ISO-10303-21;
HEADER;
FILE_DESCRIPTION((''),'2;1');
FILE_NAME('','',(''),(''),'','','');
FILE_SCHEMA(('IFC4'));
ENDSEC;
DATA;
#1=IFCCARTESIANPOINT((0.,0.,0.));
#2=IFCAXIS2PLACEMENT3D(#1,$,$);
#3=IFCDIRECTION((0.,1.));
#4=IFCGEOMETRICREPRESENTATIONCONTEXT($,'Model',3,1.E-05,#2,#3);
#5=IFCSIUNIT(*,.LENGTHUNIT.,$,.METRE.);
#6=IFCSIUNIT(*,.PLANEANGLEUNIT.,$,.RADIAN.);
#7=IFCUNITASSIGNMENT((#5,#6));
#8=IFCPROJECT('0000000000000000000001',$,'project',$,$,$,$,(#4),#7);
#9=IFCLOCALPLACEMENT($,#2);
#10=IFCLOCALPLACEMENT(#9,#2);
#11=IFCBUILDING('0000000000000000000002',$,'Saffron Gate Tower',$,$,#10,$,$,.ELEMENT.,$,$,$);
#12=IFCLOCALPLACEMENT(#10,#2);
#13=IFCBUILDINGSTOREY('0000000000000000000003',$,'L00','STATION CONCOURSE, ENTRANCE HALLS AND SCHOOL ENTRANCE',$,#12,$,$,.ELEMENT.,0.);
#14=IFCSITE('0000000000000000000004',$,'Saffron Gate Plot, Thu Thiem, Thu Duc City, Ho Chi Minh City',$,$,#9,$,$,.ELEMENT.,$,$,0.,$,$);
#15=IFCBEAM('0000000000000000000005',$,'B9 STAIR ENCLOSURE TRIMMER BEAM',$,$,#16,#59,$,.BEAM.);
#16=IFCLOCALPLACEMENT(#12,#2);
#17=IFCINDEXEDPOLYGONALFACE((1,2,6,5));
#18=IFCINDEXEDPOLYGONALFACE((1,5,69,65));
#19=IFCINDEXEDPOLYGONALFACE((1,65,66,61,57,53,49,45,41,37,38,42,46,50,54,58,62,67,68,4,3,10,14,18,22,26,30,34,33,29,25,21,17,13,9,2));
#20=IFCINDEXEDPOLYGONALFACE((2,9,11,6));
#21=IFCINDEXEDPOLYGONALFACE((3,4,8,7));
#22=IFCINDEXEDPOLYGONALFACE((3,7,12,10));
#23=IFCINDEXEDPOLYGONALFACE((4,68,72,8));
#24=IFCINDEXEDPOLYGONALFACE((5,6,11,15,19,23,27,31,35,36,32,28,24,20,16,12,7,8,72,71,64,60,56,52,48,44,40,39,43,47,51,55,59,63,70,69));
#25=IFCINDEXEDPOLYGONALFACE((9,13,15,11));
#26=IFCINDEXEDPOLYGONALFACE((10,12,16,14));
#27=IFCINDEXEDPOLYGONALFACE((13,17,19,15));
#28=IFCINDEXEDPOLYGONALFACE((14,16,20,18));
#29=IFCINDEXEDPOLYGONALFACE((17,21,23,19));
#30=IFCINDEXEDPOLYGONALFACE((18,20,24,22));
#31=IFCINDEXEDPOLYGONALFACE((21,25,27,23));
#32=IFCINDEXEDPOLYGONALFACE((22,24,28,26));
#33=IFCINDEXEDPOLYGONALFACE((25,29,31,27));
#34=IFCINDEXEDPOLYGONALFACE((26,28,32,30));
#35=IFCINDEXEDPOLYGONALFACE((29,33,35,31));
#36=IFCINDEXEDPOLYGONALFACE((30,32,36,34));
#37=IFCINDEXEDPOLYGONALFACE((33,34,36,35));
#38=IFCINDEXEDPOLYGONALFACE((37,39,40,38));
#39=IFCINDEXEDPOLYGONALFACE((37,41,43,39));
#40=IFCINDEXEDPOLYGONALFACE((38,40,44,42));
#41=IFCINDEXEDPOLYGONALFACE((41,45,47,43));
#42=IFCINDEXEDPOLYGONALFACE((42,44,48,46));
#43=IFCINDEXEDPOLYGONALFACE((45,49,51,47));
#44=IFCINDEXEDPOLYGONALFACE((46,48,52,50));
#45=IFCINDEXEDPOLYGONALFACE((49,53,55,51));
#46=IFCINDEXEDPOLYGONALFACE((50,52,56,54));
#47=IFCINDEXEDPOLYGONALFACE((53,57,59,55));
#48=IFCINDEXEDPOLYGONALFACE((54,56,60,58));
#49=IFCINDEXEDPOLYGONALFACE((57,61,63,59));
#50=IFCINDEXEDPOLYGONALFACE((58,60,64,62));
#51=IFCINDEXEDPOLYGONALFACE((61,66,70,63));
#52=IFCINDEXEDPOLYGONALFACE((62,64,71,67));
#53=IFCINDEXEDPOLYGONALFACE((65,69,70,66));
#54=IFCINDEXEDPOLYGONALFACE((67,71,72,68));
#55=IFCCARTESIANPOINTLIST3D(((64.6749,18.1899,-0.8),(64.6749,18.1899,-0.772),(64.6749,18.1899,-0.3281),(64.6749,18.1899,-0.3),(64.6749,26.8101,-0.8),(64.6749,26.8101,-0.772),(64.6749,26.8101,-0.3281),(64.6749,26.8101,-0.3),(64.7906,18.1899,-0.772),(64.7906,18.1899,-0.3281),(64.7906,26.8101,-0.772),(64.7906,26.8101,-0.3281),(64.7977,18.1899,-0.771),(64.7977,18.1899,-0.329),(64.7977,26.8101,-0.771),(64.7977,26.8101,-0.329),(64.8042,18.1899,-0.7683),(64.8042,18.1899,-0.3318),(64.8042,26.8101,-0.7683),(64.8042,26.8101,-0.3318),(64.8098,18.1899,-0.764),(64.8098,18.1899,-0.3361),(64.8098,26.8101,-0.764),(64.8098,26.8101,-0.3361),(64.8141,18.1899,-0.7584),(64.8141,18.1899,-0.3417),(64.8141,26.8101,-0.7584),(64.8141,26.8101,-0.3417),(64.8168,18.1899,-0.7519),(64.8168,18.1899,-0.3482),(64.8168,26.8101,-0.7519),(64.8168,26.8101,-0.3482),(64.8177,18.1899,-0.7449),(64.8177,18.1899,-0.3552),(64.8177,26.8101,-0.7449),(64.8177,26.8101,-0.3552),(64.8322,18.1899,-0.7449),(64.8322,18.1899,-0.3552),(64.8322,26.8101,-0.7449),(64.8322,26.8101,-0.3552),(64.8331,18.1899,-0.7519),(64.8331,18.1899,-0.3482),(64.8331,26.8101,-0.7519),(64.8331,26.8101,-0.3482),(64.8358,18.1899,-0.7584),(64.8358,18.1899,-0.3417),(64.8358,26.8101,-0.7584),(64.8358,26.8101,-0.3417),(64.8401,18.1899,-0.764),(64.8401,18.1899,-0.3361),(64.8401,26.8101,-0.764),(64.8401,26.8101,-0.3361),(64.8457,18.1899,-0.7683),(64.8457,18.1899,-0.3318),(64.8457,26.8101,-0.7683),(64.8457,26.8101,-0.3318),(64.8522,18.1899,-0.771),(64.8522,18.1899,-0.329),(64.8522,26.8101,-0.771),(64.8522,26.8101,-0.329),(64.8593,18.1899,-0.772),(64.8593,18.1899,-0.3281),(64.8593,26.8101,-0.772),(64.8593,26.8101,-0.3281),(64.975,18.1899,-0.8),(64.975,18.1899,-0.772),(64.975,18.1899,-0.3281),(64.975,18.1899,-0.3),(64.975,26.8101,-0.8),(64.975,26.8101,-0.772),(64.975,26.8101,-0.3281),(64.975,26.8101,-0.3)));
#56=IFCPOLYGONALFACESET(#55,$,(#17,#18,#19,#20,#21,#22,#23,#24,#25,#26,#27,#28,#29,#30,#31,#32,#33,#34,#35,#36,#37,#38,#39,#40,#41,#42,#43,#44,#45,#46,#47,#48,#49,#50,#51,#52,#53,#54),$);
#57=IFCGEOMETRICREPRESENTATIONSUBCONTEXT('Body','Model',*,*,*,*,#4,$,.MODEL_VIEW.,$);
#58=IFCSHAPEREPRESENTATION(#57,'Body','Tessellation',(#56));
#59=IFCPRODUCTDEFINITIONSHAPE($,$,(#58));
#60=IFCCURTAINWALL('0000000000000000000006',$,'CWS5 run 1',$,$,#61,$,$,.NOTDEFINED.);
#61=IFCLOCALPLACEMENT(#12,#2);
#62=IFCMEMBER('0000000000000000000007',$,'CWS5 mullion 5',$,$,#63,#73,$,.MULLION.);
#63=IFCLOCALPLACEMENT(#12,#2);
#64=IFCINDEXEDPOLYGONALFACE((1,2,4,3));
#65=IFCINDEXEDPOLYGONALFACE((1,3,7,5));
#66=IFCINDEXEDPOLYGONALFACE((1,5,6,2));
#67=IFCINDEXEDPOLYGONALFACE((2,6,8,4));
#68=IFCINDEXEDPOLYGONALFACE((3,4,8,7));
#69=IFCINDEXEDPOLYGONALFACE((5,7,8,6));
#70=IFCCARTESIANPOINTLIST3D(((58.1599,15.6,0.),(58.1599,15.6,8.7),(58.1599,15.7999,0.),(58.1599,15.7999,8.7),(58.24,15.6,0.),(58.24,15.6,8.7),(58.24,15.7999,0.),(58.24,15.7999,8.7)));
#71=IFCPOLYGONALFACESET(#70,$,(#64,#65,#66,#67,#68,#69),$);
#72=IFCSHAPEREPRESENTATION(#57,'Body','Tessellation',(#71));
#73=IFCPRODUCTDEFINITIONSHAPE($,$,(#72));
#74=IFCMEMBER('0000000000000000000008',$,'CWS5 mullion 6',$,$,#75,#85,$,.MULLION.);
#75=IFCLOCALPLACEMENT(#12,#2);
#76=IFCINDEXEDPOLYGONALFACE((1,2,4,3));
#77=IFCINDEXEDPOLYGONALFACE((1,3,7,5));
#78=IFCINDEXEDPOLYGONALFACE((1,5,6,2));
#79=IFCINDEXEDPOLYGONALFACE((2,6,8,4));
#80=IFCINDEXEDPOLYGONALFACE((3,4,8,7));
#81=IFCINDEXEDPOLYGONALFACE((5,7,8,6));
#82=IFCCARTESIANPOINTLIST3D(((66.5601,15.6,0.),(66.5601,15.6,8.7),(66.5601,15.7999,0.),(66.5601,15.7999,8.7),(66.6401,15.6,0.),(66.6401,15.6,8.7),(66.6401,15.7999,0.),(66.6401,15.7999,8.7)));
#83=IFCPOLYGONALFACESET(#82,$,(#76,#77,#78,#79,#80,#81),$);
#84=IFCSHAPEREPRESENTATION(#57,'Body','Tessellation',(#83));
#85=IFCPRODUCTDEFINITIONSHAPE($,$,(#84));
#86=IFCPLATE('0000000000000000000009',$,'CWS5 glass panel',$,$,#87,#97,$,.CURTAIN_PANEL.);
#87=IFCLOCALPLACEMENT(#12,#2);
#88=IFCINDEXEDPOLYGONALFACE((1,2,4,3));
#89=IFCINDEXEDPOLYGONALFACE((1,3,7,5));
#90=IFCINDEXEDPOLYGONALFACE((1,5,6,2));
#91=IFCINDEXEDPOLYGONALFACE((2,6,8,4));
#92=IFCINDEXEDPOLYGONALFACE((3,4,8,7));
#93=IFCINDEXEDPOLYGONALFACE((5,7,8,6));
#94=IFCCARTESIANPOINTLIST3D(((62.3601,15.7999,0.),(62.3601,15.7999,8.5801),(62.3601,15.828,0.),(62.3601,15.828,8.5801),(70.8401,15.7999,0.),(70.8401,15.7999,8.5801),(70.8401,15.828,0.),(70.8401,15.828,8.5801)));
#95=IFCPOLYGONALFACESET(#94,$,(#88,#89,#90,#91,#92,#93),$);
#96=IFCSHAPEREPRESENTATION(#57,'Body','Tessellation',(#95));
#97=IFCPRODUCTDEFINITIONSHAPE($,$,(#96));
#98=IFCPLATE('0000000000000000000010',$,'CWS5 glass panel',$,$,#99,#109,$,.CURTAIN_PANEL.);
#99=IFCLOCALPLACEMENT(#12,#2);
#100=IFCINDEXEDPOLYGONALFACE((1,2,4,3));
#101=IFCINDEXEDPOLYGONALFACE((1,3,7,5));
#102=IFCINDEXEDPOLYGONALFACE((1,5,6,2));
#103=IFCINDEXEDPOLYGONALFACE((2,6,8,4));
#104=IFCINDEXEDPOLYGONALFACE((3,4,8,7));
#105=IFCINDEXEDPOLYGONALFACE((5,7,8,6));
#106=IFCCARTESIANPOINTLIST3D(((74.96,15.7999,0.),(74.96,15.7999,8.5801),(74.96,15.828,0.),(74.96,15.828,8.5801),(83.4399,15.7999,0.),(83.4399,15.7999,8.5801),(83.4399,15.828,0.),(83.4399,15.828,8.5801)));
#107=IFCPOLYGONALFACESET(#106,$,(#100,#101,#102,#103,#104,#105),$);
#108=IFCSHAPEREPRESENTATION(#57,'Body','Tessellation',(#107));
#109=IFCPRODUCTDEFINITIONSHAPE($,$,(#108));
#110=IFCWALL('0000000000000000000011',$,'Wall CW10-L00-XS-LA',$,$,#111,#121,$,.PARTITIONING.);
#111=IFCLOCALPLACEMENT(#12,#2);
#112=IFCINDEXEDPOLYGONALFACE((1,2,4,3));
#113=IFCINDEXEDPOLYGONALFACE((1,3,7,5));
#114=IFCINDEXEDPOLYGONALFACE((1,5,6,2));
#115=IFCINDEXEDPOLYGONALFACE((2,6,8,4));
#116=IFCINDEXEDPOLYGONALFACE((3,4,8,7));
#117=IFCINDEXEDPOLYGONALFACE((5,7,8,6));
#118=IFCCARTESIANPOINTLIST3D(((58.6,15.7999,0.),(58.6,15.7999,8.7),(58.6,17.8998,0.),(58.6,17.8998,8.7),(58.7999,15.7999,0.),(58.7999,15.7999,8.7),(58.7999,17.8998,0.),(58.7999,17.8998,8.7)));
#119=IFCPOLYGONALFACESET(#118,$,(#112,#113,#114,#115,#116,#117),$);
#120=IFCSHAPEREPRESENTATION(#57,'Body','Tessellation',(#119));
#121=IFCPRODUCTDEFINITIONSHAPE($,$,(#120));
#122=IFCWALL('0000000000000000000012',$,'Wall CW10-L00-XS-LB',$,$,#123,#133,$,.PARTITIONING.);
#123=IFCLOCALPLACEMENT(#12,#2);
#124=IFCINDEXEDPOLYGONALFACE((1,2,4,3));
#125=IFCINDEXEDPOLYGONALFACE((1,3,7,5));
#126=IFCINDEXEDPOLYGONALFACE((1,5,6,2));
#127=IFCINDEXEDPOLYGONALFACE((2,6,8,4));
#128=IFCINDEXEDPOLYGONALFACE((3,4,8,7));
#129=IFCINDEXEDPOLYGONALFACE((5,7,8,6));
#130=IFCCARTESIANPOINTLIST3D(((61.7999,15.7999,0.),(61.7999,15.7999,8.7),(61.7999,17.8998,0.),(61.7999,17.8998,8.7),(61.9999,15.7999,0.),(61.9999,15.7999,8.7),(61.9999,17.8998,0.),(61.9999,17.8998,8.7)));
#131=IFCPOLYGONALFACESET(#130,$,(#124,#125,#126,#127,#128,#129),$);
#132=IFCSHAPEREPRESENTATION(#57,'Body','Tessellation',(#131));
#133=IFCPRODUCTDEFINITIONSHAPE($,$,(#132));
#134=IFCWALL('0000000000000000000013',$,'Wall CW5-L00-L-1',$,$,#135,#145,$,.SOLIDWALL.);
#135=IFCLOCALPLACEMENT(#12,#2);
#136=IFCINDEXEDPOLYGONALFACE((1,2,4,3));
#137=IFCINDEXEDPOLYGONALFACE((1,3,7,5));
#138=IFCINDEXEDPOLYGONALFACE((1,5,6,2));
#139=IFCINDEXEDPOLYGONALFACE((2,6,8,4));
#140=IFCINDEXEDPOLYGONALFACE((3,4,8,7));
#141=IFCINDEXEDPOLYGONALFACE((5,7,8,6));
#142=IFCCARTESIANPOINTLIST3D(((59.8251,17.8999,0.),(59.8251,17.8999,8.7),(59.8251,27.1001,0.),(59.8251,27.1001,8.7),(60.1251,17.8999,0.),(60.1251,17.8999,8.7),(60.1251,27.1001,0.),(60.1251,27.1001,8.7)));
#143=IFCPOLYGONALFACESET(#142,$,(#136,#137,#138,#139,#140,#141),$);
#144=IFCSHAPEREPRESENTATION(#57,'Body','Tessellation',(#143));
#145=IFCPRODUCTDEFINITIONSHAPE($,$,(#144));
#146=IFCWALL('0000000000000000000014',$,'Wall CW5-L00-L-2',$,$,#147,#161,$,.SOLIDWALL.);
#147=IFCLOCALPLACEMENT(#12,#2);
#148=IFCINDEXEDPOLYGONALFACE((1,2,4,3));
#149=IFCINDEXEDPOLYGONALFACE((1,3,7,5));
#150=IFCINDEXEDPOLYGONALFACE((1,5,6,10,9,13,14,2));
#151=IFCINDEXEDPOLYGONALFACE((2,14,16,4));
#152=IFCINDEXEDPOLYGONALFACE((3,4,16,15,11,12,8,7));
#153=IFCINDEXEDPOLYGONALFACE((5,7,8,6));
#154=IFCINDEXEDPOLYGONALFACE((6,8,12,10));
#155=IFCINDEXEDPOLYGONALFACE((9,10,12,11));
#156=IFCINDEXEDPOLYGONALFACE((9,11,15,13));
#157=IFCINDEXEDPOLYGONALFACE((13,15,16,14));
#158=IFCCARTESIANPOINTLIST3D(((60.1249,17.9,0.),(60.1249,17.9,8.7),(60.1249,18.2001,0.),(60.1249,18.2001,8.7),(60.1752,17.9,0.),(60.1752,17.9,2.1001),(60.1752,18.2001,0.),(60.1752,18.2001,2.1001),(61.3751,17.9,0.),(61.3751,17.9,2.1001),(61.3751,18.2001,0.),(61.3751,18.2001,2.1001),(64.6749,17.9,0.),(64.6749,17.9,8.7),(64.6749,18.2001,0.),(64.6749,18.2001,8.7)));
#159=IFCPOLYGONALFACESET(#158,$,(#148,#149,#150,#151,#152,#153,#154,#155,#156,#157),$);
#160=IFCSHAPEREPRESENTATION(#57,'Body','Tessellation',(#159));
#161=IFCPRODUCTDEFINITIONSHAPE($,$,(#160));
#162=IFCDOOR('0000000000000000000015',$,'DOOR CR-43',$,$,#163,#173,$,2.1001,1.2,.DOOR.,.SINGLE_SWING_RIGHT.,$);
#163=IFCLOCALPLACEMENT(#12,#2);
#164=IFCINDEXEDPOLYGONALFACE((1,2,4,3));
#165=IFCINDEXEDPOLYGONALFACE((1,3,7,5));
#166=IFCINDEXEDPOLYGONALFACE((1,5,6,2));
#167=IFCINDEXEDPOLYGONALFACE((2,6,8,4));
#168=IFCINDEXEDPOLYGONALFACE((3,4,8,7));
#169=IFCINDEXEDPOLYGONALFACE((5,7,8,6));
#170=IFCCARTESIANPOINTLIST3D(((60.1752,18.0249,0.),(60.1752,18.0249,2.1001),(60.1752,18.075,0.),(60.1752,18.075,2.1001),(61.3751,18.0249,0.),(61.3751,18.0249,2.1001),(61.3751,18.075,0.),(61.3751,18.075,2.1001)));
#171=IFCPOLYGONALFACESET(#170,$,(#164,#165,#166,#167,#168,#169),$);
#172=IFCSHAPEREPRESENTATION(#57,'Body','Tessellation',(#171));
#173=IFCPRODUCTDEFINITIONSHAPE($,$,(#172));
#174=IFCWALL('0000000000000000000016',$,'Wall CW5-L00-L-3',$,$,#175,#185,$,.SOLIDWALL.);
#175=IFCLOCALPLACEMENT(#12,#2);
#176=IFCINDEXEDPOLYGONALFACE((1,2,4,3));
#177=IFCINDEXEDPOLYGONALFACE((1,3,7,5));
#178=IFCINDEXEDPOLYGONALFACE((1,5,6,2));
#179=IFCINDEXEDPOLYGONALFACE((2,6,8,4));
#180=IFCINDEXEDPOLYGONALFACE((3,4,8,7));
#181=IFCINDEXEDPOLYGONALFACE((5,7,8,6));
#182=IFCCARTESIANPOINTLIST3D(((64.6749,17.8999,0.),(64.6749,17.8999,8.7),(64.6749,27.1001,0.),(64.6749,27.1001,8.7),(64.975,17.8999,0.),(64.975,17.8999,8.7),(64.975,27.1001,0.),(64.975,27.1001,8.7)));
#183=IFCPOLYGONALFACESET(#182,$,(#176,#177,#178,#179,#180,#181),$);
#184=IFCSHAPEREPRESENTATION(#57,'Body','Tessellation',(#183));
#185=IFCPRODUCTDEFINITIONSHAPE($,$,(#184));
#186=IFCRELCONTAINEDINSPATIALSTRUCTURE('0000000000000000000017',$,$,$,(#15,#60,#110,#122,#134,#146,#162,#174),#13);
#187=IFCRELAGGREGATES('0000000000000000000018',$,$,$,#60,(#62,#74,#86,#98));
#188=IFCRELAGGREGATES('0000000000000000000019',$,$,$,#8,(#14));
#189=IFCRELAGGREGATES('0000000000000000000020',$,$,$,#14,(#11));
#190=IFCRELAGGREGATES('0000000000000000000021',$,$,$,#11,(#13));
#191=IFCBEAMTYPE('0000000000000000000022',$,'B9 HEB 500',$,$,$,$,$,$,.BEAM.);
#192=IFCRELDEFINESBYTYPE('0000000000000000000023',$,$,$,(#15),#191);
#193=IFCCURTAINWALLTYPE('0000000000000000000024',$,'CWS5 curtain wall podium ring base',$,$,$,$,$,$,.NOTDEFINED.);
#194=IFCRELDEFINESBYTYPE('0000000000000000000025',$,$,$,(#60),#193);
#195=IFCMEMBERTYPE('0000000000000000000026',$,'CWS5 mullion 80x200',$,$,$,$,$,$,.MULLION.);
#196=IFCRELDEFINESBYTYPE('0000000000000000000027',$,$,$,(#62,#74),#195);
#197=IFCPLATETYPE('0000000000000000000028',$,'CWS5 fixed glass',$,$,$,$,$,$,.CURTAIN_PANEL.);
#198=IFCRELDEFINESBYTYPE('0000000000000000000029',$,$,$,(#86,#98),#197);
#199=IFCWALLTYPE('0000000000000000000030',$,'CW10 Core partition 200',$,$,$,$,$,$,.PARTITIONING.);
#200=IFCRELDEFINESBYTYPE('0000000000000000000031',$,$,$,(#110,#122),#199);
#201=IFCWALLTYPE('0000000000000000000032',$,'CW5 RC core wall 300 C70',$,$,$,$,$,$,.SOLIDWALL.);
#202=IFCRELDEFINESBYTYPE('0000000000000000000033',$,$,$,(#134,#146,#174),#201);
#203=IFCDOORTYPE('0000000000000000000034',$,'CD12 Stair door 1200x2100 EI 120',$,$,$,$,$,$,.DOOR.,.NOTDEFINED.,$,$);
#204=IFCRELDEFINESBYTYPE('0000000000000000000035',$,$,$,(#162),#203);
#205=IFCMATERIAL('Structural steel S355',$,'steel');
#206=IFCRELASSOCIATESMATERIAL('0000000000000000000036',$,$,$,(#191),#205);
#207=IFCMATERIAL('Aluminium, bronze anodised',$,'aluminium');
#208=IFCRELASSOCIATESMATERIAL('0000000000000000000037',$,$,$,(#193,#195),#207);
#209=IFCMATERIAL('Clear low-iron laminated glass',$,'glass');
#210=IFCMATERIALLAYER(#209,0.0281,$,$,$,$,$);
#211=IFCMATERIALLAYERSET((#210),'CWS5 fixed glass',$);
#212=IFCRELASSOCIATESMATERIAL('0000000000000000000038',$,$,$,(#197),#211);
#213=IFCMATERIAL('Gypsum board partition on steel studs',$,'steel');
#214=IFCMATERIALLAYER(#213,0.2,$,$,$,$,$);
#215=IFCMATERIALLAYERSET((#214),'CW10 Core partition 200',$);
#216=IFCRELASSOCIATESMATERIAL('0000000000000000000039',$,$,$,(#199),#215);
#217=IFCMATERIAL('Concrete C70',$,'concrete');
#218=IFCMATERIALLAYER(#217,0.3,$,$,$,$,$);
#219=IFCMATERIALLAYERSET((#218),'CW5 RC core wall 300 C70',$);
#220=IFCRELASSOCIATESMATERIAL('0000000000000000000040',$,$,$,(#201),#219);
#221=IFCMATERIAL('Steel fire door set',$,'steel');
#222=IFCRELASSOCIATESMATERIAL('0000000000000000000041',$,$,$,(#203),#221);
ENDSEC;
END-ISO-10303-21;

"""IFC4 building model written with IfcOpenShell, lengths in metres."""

from ifc_helpers import new_model, si_unit, direction, frame, frame_2d, origin, origin_2d, place, context, subcontext, project, spatial, rectangle, i_section, extrude, material, layer, layer_set, material_profile, profile_set, type_object, element, fill, aggregate, save


model = new_model("IFC4")

# Units and contexts
model_context = context("Model", 3, precision=1e-05, world=origin(), true_north=direction((0.0, 1.0)))
body_context = subcontext(model_context, "Body", "Model", "MODEL_VIEW")
ifc_project = project(units=[si_unit("LENGTHUNIT", "METRE"), si_unit("PLANEANGLEUNIT", "RADIAN")], contexts=[model_context])

# Site, building, storey
site_placement = place(None, origin())
site = spatial("IfcSite", under=ifc_project, at=site_placement, Name="Saffron Gate Plot, Thu Thiem, Thu Duc City, Ho Chi Minh City", CompositionType="ELEMENT", RefElevation=0.0)
building_placement = place(site_placement, origin())
building = spatial("IfcBuilding", under=site, at=building_placement, Name="Saffron Gate Tower", CompositionType="ELEMENT")
storey_placement = place(building_placement, origin())
storey = spatial("IfcBuildingStorey", under=building, at=storey_placement, Name="L00", Description="STATION CONCOURSE, ENTRANCE HALLS AND SCHOOL ENTRANCE", CompositionType="ELEMENT", Elevation=0.0)

# Beam
ifc_material_1 = material(Name="Structural steel S355", Category="steel")
ifc_material_profile_1 = material_profile(ifc_material_1, i_section(OverallWidth=0.3, OverallDepth=0.5, WebThickness=0.0144, FlangeThickness=0.0281, FilletRadius=0.0271, at=origin_2d()))
ifc_profile_set_1 = profile_set([ifc_material_profile_1], Name="Structural steel S355")
beam_type_1 = type_object("IfcBeamType", Name="B9 HEB 500", PredefinedType="BEAM", material=ifc_profile_set_1)
for number, where, z_axis, x_axis, name in (
    (1, (64.825, 18.1899, -0.55), (0.0, 1.0, 0.0), (-1.0, 0.0, 0.0), "B9 STAIR ENCLOSURE TRIMMER BEAM"),
):
    element("IfcBeam", number, at=place(storey_placement, frame(where, z_axis=z_axis, x_axis=x_axis)), inside=storey, type_object=beam_type_1, Name=name, PredefinedType="BEAM", context=body_context, shape_type="SweptSolid", body=[
        extrude(i_section(OverallWidth=0.3, OverallDepth=0.5, WebThickness=0.0144, FlangeThickness=0.0281, FilletRadius=0.0271, at=origin_2d()), origin(), (0.0, 0.0, 1.0), 8.6201),
    ])

# Curtain wall, members, plates
ifc_material_2 = material(Name="Aluminium, bronze anodised", Category="aluminium")
curtain_wall_type = type_object("IfcCurtainWallType", Name="CWS5 curtain wall podium ring base", PredefinedType="NOTDEFINED", material=ifc_material_2)
curtain_wall_placement = place(storey_placement, origin())
curtain_wall = element("IfcCurtainWall", 2, at=curtain_wall_placement, inside=storey, type_object=curtain_wall_type, Name="CWS5 run 1", PredefinedType="NOTDEFINED")
ifc_material_profile_2 = material_profile(ifc_material_2, rectangle(XDim=0.2, YDim=0.0801, at=origin_2d()))
ifc_profile_set_2 = profile_set([ifc_material_profile_2], Name="Aluminium, bronze anodised")
member_type = type_object("IfcMemberType", Name="CWS5 mullion 80x200", PredefinedType="MULLION", material=ifc_profile_set_2)
member_1_placement = place(storey_placement, frame((58.2, 15.7, 0.0), z_axis=(0.0, 0.0, 1.0), x_axis=(0.0, 1.0, 0.0)))
member_1 = element("IfcMember", 3, at=member_1_placement, type_object=member_type, Name="CWS5 mullion 5", PredefinedType="MULLION", context=body_context, shape_type="SweptSolid", body=[
    extrude(rectangle(XDim=0.2, YDim=0.0801, at=origin_2d()), origin(), (0.0, 0.0, 1.0), 8.7),
])
member_2_placement = place(storey_placement, frame((66.6001, 15.7, 0.0), z_axis=(0.0, 0.0, 1.0), x_axis=(0.0, 1.0, 0.0)))
member_2 = element("IfcMember", 4, at=member_2_placement, type_object=member_type, Name="CWS5 mullion 6", PredefinedType="MULLION", context=body_context, shape_type="SweptSolid", body=[
    extrude(rectangle(XDim=0.2, YDim=0.0801, at=origin_2d()), origin(), (0.0, 0.0, 1.0), 8.7),
])
ifc_material_3 = material(Name="Clear low-iron laminated glass", Category="glass")
ifc_layer_1 = layer(ifc_material_3, 0.0281)
ifc_layer_set_1 = layer_set([ifc_layer_1], Name="CWS5 fixed glass")
plate_type = type_object("IfcPlateType", Name="CWS5 fixed glass", PredefinedType="CURTAIN_PANEL", material=ifc_layer_set_1)
plate_1_placement = place(storey_placement, frame((62.3601, 15.814, 0.0), z_axis=(0.0, 0.0, 1.0), x_axis=(1.0, 0.0, 0.0)))
plate_1 = element("IfcPlate", 5, at=plate_1_placement, type_object=plate_type, Name="CWS5 glass panel", PredefinedType="CURTAIN_PANEL", context=body_context, shape_type="SweptSolid", body=[
    extrude(rectangle(XDim=8.48, YDim=0.0281, at=frame_2d((4.24, 0.0))), origin(), (0.0, 0.0, 1.0), 8.5801),
])
plate_2_placement = place(storey_placement, frame((74.96, 15.814, 0.0), z_axis=(0.0, 0.0, 1.0), x_axis=(1.0, 0.0, 0.0)))
plate_2 = element("IfcPlate", 6, at=plate_2_placement, type_object=plate_type, Name="CWS5 glass panel", PredefinedType="CURTAIN_PANEL", context=body_context, shape_type="SweptSolid", body=[
    extrude(rectangle(XDim=8.48, YDim=0.0281, at=frame_2d((4.24, 0.0))), origin(), (0.0, 0.0, 1.0), 8.5801),
])
aggregate(curtain_wall, [member_1, member_2, plate_1, plate_2])

# Walls
ifc_material_4 = material(Name="Gypsum board partition on steel studs", Category="steel")
ifc_layer_2 = layer(ifc_material_4, 0.2)
ifc_layer_set_2 = layer_set([ifc_layer_2], Name="CW10 Core partition 200")
wall_type_1 = type_object("IfcWallType", Name="CW10 Core partition 200", PredefinedType="PARTITIONING", material=ifc_layer_set_2)
for number, where, z_axis, x_axis, name in (
    (7, (58.7, 15.8, 0.0), (0.0, 0.0, 1.0), (0.0, 1.0, 0.0), "Wall CW10-L00-XS-LA"),
    (8, (61.8999, 15.8, 0.0), (0.0, 0.0, 1.0), (0.0, 1.0, 0.0), "Wall CW10-L00-XS-LB"),
):
    element("IfcWall", number, at=place(storey_placement, frame(where, z_axis=z_axis, x_axis=x_axis)), inside=storey, type_object=wall_type_1, Name=name, PredefinedType="PARTITIONING", context=body_context, shape_type="SweptSolid", body=[
        extrude(rectangle(XDim=2.0999, YDim=0.2, at=frame_2d((1.0498, 0.0))), origin(), (0.0, 0.0, 1.0), 8.7),
    ])
ifc_material_5 = material(Name="Concrete C70", Category="concrete")
ifc_layer_3 = layer(ifc_material_5, 0.3)
ifc_layer_set_3 = layer_set([ifc_layer_3], Name="CW5 RC core wall 300 C70")
wall_type_2 = type_object("IfcWallType", Name="CW5 RC core wall 300 C70", PredefinedType="SOLIDWALL", material=ifc_layer_set_3)
wall_1_placement = place(storey_placement, frame((59.9751, 17.8999, 0.0), z_axis=(0.0, 0.0, 1.0), x_axis=(0.0, 1.0, 0.0)))
element("IfcWall", 9, at=wall_1_placement, inside=storey, type_object=wall_type_2, Name="Wall CW5-L00-L-1", PredefinedType="SOLIDWALL", context=body_context, shape_type="SweptSolid", body=[
    extrude(rectangle(XDim=9.2002, YDim=0.3, at=frame_2d((4.6001, 0.0))), origin(), (0.0, 0.0, 1.0), 8.7),
])

# Wall, opening, door
wall_2_placement = place(storey_placement, frame((60.125, 18.05, 0.0), z_axis=(0.0, 0.0, 1.0), x_axis=(1.0, 0.0, 0.0)))
wall_2 = element("IfcWall", 10, at=wall_2_placement, inside=storey, type_object=wall_type_2, Name="Wall CW5-L00-L-2", PredefinedType="SOLIDWALL", context=body_context, shape_type="SweptSolid", body=[
    extrude(rectangle(XDim=4.55, YDim=0.3, at=frame_2d((2.2749, 0.0))), origin(), (0.0, 0.0, 1.0), 8.7),
])
opening_1_placement = place(wall_2_placement, frame((0.05, 0.0, 0.0)))
opening_1 = element("IfcOpeningElement", 11, at=opening_1_placement, cuts=wall_2, PredefinedType="OPENING", context=body_context, shape_type="SweptSolid", body=[
    extrude(rectangle(XDim=1.2, YDim=2.1001, at=frame_2d((0.6001, 1.05))), frame((0.0, 0.1602, 0.0), z_axis=(0.0, -1.0, 0.0), x_axis=(1.0, 0.0, 0.0)), (0.0, 0.0, 1.0), 0.3201),
])
ifc_material_6 = material(Name="Steel fire door set", Category="steel")
door_type_1 = type_object("IfcDoorType", Name="CD12 Stair door 1200x2100 EI 120", OperationType="NOTDEFINED", PredefinedType="DOOR", material=ifc_material_6)
door_1_placement = place(opening_1_placement, origin())
door_1 = element("IfcDoor", 12, at=door_1_placement, inside=storey, type_object=door_type_1, Name="DOOR CR-43", OperationType="SINGLE_SWING_RIGHT", OverallHeight=2.1001, OverallWidth=1.2, PredefinedType="DOOR", context=body_context, shape_type="SweptSolid", body=[
    extrude(rectangle(XDim=1.2, YDim=2.1001, at=frame_2d((0.6001, 1.05))), frame((0.0, 0.0249, 0.0), z_axis=(0.0, -1.0, 0.0), x_axis=(1.0, 0.0, 0.0)), (0.0, 0.0, 1.0), 0.05),
])
fill(opening_1, door_1)

# Wall
wall_3_placement = place(storey_placement, frame((64.825, 17.8999, 0.0), z_axis=(0.0, 0.0, 1.0), x_axis=(0.0, 1.0, 0.0)))
element("IfcWall", 13, at=wall_3_placement, inside=storey, type_object=wall_type_2, Name="Wall CW5-L00-L-3", PredefinedType="SOLIDWALL", context=body_context, shape_type="SweptSolid", body=[
    extrude(rectangle(XDim=9.2002, YDim=0.3, at=frame_2d((4.6001, 0.0))), origin(), (0.0, 0.0, 1.0), 8.7),
])

save(model, "model.ifc")
